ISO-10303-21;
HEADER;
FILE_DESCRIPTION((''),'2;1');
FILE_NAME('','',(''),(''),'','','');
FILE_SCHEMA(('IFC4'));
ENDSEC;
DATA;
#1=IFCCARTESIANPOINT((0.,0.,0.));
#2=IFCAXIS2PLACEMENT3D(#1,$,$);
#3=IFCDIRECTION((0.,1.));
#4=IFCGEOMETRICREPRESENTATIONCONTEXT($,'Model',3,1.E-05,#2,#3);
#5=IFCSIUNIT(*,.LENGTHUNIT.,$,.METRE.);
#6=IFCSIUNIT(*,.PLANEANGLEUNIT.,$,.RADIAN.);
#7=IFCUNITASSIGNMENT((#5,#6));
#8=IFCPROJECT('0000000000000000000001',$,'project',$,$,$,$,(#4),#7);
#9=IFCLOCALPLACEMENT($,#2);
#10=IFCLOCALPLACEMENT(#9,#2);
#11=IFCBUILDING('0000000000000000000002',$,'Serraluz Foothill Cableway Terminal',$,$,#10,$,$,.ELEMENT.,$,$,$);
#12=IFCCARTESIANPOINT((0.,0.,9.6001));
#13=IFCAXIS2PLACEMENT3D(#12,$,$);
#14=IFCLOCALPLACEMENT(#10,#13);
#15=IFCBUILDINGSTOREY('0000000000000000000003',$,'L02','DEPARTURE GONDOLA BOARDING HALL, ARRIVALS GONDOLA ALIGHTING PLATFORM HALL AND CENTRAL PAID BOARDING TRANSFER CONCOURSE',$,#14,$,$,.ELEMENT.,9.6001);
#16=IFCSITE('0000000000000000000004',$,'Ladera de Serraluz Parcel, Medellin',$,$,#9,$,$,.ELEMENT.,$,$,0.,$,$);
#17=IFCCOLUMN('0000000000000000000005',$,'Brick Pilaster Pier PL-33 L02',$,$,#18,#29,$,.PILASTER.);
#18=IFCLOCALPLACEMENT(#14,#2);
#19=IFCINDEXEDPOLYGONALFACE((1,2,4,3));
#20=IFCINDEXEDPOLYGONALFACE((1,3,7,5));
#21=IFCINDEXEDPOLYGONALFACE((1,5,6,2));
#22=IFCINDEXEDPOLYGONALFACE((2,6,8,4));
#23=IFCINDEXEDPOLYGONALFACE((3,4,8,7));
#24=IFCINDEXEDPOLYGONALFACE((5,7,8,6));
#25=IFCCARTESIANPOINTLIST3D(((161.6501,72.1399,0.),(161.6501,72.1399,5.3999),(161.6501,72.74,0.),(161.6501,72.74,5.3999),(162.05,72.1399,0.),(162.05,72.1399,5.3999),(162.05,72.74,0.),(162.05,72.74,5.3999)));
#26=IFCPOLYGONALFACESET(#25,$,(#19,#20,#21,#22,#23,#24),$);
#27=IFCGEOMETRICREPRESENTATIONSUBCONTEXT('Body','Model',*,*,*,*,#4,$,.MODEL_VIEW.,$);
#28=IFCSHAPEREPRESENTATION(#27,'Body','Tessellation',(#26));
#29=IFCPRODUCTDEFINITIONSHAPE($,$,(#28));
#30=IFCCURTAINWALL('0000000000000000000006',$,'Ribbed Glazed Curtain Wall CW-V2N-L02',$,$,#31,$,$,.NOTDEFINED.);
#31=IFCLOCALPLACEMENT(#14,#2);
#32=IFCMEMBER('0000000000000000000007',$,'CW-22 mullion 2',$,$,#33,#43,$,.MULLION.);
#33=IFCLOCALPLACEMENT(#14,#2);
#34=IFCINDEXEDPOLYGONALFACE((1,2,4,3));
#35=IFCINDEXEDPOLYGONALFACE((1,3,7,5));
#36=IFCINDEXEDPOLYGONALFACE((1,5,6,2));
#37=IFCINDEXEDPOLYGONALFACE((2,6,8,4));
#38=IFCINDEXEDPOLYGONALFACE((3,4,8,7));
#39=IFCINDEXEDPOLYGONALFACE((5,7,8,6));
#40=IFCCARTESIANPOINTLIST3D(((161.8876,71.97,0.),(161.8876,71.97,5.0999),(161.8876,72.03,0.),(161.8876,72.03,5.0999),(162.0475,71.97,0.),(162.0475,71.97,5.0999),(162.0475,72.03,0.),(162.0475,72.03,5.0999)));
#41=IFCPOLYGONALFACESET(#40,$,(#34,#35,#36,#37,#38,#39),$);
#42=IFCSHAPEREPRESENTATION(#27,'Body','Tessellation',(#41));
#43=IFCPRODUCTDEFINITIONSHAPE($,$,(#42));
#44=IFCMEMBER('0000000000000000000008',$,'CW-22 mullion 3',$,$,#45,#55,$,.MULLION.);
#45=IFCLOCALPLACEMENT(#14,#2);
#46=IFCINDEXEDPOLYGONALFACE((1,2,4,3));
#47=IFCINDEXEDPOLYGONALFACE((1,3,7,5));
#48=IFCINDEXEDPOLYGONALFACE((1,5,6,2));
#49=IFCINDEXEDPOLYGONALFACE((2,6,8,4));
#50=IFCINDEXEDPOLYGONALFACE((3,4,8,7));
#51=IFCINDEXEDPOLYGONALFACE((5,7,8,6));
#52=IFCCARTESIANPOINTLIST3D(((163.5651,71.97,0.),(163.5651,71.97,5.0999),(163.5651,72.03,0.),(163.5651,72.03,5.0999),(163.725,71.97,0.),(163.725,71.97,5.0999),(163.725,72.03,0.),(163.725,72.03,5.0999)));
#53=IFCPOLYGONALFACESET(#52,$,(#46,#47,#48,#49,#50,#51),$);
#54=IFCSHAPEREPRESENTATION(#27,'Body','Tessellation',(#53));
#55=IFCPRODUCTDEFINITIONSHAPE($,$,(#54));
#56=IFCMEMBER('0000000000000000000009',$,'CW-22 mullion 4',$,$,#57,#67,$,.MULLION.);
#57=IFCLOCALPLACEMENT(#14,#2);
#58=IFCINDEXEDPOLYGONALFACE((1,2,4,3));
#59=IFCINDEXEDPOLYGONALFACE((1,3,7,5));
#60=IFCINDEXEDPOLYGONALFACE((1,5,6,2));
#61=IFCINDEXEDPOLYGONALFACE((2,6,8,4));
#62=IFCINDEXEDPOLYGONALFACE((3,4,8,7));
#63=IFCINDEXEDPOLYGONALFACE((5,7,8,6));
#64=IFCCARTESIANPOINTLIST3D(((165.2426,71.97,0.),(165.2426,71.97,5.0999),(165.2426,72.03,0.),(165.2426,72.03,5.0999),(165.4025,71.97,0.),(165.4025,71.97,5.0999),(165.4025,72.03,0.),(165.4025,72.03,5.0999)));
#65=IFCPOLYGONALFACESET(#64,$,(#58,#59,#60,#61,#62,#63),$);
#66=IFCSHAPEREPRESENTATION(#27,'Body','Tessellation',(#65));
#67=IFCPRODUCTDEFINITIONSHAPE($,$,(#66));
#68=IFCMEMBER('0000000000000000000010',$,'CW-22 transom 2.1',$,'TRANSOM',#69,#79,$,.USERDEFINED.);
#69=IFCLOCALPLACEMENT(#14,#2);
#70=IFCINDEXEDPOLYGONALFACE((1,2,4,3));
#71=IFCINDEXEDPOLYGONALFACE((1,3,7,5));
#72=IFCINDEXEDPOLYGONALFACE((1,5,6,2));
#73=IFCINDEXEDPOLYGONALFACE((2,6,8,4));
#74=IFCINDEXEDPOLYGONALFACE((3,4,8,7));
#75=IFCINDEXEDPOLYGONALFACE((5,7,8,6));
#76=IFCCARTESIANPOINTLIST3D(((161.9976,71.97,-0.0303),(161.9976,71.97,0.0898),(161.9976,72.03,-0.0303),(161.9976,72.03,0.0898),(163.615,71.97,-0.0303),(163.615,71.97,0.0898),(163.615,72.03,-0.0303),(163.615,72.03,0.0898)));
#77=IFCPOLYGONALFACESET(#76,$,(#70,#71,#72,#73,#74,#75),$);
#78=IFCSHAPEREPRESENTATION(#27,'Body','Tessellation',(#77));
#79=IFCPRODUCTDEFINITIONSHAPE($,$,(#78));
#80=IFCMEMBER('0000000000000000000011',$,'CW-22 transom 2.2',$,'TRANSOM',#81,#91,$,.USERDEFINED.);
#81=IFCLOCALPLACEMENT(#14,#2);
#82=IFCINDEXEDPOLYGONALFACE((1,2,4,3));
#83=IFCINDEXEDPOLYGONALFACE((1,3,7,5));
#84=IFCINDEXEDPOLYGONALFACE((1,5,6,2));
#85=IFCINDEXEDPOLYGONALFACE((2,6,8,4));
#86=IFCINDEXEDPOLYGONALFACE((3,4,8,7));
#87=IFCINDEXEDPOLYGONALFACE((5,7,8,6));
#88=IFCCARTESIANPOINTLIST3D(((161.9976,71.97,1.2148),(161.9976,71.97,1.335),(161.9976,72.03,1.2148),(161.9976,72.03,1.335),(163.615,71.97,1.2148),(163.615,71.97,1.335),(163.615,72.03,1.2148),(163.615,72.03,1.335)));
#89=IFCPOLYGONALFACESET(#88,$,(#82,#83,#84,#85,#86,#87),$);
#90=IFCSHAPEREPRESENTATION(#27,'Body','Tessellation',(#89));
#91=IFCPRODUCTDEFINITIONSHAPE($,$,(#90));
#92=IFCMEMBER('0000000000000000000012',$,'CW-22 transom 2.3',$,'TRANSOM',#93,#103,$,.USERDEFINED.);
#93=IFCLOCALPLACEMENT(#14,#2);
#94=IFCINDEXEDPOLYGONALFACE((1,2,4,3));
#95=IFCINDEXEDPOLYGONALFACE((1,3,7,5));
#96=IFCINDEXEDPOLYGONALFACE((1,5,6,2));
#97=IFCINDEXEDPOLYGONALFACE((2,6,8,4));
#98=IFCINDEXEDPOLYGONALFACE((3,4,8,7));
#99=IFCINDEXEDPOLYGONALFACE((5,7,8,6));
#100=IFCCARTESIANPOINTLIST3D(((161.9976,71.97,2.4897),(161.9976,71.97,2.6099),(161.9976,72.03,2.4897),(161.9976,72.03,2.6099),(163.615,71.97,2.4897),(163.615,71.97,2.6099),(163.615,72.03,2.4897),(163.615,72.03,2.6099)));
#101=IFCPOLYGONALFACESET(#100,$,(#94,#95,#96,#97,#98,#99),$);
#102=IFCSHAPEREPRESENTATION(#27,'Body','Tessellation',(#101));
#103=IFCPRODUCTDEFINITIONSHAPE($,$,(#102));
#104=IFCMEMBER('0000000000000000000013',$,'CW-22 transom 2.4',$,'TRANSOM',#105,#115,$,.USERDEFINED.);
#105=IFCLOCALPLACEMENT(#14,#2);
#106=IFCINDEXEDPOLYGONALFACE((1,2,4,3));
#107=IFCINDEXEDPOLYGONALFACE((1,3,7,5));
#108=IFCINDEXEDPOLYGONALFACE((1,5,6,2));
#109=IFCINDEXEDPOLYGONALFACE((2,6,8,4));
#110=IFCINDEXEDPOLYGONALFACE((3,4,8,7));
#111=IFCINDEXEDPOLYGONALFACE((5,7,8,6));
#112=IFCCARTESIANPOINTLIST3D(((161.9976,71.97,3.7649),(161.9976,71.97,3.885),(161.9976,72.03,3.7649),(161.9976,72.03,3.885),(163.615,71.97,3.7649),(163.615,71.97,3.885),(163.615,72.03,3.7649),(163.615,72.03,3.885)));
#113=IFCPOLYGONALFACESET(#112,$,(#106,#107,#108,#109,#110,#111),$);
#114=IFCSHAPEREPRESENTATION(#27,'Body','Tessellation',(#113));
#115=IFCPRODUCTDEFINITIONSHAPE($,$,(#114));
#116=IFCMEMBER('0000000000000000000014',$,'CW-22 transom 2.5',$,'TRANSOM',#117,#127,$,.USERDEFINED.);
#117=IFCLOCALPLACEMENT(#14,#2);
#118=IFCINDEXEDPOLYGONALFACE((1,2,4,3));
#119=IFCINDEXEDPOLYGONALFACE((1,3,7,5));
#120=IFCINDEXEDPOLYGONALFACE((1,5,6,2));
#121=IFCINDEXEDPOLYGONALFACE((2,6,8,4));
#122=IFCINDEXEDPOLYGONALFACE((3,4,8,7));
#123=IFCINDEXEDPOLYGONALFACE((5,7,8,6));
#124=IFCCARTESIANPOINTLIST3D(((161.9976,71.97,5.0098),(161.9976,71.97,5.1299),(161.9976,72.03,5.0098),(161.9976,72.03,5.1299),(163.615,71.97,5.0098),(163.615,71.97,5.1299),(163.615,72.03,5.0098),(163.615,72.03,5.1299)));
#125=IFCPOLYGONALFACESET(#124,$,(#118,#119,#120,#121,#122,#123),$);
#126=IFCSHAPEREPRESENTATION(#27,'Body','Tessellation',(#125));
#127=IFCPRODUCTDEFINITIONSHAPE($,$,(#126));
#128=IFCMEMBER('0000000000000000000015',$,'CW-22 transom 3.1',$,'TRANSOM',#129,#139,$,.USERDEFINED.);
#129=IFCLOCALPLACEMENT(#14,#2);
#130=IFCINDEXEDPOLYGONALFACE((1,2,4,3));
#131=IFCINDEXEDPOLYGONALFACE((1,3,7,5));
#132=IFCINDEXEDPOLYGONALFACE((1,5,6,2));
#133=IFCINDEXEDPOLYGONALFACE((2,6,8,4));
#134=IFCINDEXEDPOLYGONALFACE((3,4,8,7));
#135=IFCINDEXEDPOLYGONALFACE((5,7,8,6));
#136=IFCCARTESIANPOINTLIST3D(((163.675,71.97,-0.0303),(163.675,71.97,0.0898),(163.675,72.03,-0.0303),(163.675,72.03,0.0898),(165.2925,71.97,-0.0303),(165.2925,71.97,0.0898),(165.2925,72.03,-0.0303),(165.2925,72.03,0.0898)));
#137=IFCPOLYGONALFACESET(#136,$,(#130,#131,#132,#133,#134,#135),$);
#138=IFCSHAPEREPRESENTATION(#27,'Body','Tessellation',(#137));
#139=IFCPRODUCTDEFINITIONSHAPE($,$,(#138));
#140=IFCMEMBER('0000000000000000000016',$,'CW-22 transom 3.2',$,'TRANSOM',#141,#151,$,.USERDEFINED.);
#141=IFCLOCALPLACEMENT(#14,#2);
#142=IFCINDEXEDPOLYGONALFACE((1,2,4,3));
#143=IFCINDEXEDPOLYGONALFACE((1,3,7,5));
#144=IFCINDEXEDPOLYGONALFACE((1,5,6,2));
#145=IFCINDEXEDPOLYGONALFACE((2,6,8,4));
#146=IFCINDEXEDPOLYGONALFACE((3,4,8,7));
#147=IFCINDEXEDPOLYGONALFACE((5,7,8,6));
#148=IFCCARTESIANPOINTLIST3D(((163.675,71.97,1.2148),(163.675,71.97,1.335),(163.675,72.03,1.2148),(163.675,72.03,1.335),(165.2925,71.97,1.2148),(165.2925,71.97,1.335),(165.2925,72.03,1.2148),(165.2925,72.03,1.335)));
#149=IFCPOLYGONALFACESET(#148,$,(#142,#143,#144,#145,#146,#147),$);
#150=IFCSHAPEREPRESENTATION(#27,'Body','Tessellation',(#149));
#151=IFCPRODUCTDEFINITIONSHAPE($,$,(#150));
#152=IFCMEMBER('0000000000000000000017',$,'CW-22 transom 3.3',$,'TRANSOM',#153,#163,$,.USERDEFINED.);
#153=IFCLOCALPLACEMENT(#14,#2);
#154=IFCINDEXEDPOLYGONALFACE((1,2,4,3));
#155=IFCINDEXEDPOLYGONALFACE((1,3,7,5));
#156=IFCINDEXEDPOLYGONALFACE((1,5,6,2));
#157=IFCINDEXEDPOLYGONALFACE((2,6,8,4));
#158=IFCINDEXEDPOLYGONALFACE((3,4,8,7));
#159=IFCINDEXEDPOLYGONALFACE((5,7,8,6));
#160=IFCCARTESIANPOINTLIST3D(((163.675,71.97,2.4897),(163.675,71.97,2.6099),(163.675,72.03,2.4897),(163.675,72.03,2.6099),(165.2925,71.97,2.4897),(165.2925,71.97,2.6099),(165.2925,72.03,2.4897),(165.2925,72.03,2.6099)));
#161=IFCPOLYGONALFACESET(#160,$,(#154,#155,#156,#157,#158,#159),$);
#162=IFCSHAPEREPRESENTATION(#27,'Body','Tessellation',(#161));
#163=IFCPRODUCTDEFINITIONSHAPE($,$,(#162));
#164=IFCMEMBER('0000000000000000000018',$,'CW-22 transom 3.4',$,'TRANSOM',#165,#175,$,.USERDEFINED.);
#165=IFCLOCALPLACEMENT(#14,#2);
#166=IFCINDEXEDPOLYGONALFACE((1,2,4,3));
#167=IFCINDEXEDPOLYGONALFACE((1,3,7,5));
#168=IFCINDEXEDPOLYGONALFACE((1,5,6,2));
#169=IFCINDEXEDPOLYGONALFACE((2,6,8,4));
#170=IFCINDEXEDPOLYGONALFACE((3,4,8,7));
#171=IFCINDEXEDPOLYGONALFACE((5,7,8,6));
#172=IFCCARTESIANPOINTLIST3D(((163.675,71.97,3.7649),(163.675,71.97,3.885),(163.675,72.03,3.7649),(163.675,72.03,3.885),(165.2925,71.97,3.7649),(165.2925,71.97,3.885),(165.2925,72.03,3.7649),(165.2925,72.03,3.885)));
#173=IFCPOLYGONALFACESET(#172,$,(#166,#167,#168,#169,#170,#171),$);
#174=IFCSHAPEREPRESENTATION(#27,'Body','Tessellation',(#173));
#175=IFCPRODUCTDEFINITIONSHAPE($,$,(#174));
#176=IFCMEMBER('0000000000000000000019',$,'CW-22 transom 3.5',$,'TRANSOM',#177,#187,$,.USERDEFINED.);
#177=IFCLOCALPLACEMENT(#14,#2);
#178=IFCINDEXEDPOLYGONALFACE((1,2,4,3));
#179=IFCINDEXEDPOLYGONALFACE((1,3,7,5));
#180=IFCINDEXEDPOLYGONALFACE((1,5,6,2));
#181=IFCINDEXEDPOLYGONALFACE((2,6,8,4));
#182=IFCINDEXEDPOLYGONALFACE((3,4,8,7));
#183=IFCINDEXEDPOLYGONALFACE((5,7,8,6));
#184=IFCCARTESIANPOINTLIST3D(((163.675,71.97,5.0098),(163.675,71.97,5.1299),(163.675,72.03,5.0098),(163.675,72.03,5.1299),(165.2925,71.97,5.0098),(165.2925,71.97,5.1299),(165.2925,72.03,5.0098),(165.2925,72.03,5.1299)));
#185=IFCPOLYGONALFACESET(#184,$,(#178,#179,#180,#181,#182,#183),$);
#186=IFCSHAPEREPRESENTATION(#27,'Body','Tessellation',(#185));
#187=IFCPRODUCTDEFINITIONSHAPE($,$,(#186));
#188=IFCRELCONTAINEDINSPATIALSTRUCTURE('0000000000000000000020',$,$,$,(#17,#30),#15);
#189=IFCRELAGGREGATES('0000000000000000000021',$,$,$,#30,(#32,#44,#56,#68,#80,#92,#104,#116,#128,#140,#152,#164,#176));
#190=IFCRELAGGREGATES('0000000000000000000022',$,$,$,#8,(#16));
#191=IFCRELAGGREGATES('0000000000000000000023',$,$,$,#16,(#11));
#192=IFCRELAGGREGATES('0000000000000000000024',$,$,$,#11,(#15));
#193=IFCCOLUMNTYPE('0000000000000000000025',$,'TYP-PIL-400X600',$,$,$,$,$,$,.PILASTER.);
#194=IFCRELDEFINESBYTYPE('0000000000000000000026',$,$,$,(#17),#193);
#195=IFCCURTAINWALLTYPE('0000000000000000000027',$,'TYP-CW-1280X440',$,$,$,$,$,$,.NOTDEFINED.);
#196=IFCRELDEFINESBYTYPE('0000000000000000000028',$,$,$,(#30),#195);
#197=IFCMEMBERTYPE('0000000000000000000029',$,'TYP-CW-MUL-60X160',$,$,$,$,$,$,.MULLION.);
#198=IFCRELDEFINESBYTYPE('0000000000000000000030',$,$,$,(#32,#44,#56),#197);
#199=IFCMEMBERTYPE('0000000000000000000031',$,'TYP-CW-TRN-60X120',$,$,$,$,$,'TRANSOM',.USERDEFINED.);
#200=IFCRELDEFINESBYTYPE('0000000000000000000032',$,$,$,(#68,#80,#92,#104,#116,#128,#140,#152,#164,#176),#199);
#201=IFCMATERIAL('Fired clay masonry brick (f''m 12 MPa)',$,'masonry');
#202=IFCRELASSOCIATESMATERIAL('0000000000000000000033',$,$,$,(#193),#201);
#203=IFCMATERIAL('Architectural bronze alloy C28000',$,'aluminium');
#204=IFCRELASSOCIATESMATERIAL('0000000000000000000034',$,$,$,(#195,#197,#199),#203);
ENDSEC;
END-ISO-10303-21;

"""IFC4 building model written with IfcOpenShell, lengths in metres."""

from ifc_helpers import new_model, si_unit, direction, frame, origin, origin_2d, place, context, subcontext, project, spatial, rectangle, extrude, material, material_profile, profile_set, type_object, element, aggregate, save


model = new_model("IFC4")

# Units and contexts
model_context = context("Model", 3, precision=1e-05, world=origin(), true_north=direction((0.0, 1.0)))
body_context = subcontext(model_context, "Body", "Model", "MODEL_VIEW")
ifc_project = project(units=[si_unit("LENGTHUNIT", "METRE"), si_unit("PLANEANGLEUNIT", "RADIAN")], contexts=[model_context])

# Site, building, storey
site_placement = place(None, origin())
site = spatial("IfcSite", under=ifc_project, at=site_placement, Name="Ladera de Serraluz Parcel, Medellin", CompositionType="ELEMENT", RefElevation=0.0)
building_placement = place(site_placement, origin())
building = spatial("IfcBuilding", under=site, at=building_placement, Name="Serraluz Foothill Cableway Terminal", CompositionType="ELEMENT")
storey_placement = place(building_placement, frame((0.0, 0.0, 9.6001)))
storey = spatial("IfcBuildingStorey", under=building, at=storey_placement, Name="L02", Description="DEPARTURE GONDOLA BOARDING HALL, ARRIVALS GONDOLA ALIGHTING PLATFORM HALL AND CENTRAL PAID BOARDING TRANSFER CONCOURSE", CompositionType="ELEMENT", Elevation=9.6001)

# Column
ifc_material_1 = material(Name="Fired clay masonry brick (f'm 12 MPa)", Category="masonry")
ifc_material_profile_1 = material_profile(ifc_material_1, rectangle(XDim=0.3999, YDim=0.6001, at=origin_2d()), Name="PIL 400x600")
ifc_profile_set_1 = profile_set([ifc_material_profile_1], Name="Fired clay masonry brick (f'm 12 MPa)")
column_type = type_object("IfcColumnType", Name="TYP-PIL-400X600", PredefinedType="PILASTER", material=ifc_profile_set_1)
column_placement = place(storey_placement, frame((161.8501, 72.4399, 0.0), z_axis=(0.0, 0.0, 1.0), x_axis=(1.0, 0.0, 0.0)))
element("IfcColumn", 1, at=column_placement, inside=storey, type_object=column_type, Name="Brick Pilaster Pier PL-33 L02", PredefinedType="PILASTER", context=body_context, shape_type="SweptSolid", body=[
    extrude(rectangle(XDim=0.3999, YDim=0.6001, at=origin_2d()), origin(), (0.0, 0.0, 1.0), 5.3999),
])

# Curtain wall, members
ifc_material_2 = material(Name="Architectural bronze alloy C28000", Category="aluminium")
curtain_wall_type = type_object("IfcCurtainWallType", Name="TYP-CW-1280X440", PredefinedType="NOTDEFINED", material=ifc_material_2)
curtain_wall_placement = place(storey_placement, origin())
curtain_wall = element("IfcCurtainWall", 2, at=curtain_wall_placement, inside=storey, type_object=curtain_wall_type, Name="Ribbed Glazed Curtain Wall CW-V2N-L02", PredefinedType="NOTDEFINED")
ifc_material_profile_2 = material_profile(ifc_material_2, rectangle(XDim=0.0601, YDim=0.1599, at=origin_2d()), Name="ALU MULLION 60x160")
ifc_profile_set_2 = profile_set([ifc_material_profile_2], Name="Architectural bronze alloy C28000")
member_type_1 = type_object("IfcMemberType", Name="TYP-CW-MUL-60X160", PredefinedType="MULLION", material=ifc_profile_set_2)
member_1_placement = place(storey_placement, frame((161.9675, 72.0, 0.0), z_axis=(0.0, 0.0, 1.0), x_axis=(0.0, 1.0, 0.0)))
member_1 = element("IfcMember", 3, at=member_1_placement, type_object=member_type_1, Name="CW-22 mullion 2", PredefinedType="MULLION", context=body_context, shape_type="SweptSolid", body=[
    extrude(rectangle(XDim=0.0601, YDim=0.1599, at=origin_2d()), origin(), (0.0, 0.0, 1.0), 5.0999),
])
member_2_placement = place(storey_placement, frame((163.645, 72.0, 0.0), z_axis=(0.0, 0.0, 1.0), x_axis=(0.0, 1.0, 0.0)))
member_2 = element("IfcMember", 4, at=member_2_placement, type_object=member_type_1, Name="CW-22 mullion 3", PredefinedType="MULLION", context=body_context, shape_type="SweptSolid", body=[
    extrude(rectangle(XDim=0.0601, YDim=0.1599, at=origin_2d()), origin(), (0.0, 0.0, 1.0), 5.0999),
])
member_3_placement = place(storey_placement, frame((165.3225, 72.0, 0.0), z_axis=(0.0, 0.0, 1.0), x_axis=(0.0, 1.0, 0.0)))
member_3 = element("IfcMember", 5, at=member_3_placement, type_object=member_type_1, Name="CW-22 mullion 4", PredefinedType="MULLION", context=body_context, shape_type="SweptSolid", body=[
    extrude(rectangle(XDim=0.0601, YDim=0.1599, at=origin_2d()), origin(), (0.0, 0.0, 1.0), 5.0999),
])
ifc_material_profile_3 = material_profile(ifc_material_2, rectangle(XDim=0.0601, YDim=0.1201, at=origin_2d()), Name="ALU TRANSOM 60x120")
ifc_profile_set_3 = profile_set([ifc_material_profile_3], Name="Architectural bronze alloy C28000")
member_type_2 = type_object("IfcMemberType", Name="TYP-CW-TRN-60X120", ElementType="TRANSOM", PredefinedType="USERDEFINED", material=ifc_profile_set_3)
member_4_placement = place(storey_placement, frame((161.9976, 72.0, 0.0298), z_axis=(1.0, 0.0, 0.0), x_axis=(0.0, 1.0, 0.0)))
member_4 = element("IfcMember", 6, at=member_4_placement, type_object=member_type_2, Name="CW-22 transom 2.1", ObjectType="TRANSOM", PredefinedType="USERDEFINED", context=body_context, shape_type="SweptSolid", body=[
    extrude(rectangle(XDim=0.0601, YDim=0.1201, at=origin_2d()), origin(), (0.0, 0.0, 1.0), 1.6174),
])
member_5_placement = place(storey_placement, frame((161.9976, 72.0, 1.2749), z_axis=(1.0, 0.0, 0.0), x_axis=(0.0, 1.0, 0.0)))
member_5 = element("IfcMember", 7, at=member_5_placement, type_object=member_type_2, Name="CW-22 transom 2.2", ObjectType="TRANSOM", PredefinedType="USERDEFINED", context=body_context, shape_type="SweptSolid", body=[
    extrude(rectangle(XDim=0.0601, YDim=0.1201, at=origin_2d()), origin(), (0.0, 0.0, 1.0), 1.6174),
])
member_6_placement = place(storey_placement, frame((161.9976, 72.0, 2.5498), z_axis=(1.0, 0.0, 0.0), x_axis=(0.0, 1.0, 0.0)))
member_6 = element("IfcMember", 8, at=member_6_placement, type_object=member_type_2, Name="CW-22 transom 2.3", ObjectType="TRANSOM", PredefinedType="USERDEFINED", context=body_context, shape_type="SweptSolid", body=[
    extrude(rectangle(XDim=0.0601, YDim=0.1201, at=origin_2d()), origin(), (0.0, 0.0, 1.0), 1.6174),
])
member_7_placement = place(storey_placement, frame((161.9976, 72.0, 3.825), z_axis=(1.0, 0.0, 0.0), x_axis=(0.0, 1.0, 0.0)))
member_7 = element("IfcMember", 9, at=member_7_placement, type_object=member_type_2, Name="CW-22 transom 2.4", ObjectType="TRANSOM", PredefinedType="USERDEFINED", context=body_context, shape_type="SweptSolid", body=[
    extrude(rectangle(XDim=0.0601, YDim=0.1201, at=origin_2d()), origin(), (0.0, 0.0, 1.0), 1.6174),
])
member_8_placement = place(storey_placement, frame((161.9976, 72.0, 5.0698), z_axis=(1.0, 0.0, 0.0), x_axis=(0.0, 1.0, 0.0)))
member_8 = element("IfcMember", 10, at=member_8_placement, type_object=member_type_2, Name="CW-22 transom 2.5", ObjectType="TRANSOM", PredefinedType="USERDEFINED", context=body_context, shape_type="SweptSolid", body=[
    extrude(rectangle(XDim=0.0601, YDim=0.1201, at=origin_2d()), origin(), (0.0, 0.0, 1.0), 1.6174),
])
member_9_placement = place(storey_placement, frame((163.675, 72.0, 0.0298), z_axis=(1.0, 0.0, 0.0), x_axis=(0.0, 1.0, 0.0)))
member_9 = element("IfcMember", 11, at=member_9_placement, type_object=member_type_2, Name="CW-22 transom 3.1", ObjectType="TRANSOM", PredefinedType="USERDEFINED", context=body_context, shape_type="SweptSolid", body=[
    extrude(rectangle(XDim=0.0601, YDim=0.1201, at=origin_2d()), origin(), (0.0, 0.0, 1.0), 1.6174),
])
member_10_placement = place(storey_placement, frame((163.675, 72.0, 1.2749), z_axis=(1.0, 0.0, 0.0), x_axis=(0.0, 1.0, 0.0)))
member_10 = element("IfcMember", 12, at=member_10_placement, type_object=member_type_2, Name="CW-22 transom 3.2", ObjectType="TRANSOM", PredefinedType="USERDEFINED", context=body_context, shape_type="SweptSolid", body=[
    extrude(rectangle(XDim=0.0601, YDim=0.1201, at=origin_2d()), origin(), (0.0, 0.0, 1.0), 1.6174),
])
member_11_placement = place(storey_placement, frame((163.675, 72.0, 2.5498), z_axis=(1.0, 0.0, 0.0), x_axis=(0.0, 1.0, 0.0)))
member_11 = element("IfcMember", 13, at=member_11_placement, type_object=member_type_2, Name="CW-22 transom 3.3", ObjectType="TRANSOM", PredefinedType="USERDEFINED", context=body_context, shape_type="SweptSolid", body=[
    extrude(rectangle(XDim=0.0601, YDim=0.1201, at=origin_2d()), origin(), (0.0, 0.0, 1.0), 1.6174),
])
member_12_placement = place(storey_placement, frame((163.675, 72.0, 3.825), z_axis=(1.0, 0.0, 0.0), x_axis=(0.0, 1.0, 0.0)))
member_12 = element("IfcMember", 14, at=member_12_placement, type_object=member_type_2, Name="CW-22 transom 3.4", ObjectType="TRANSOM", PredefinedType="USERDEFINED", context=body_context, shape_type="SweptSolid", body=[
    extrude(rectangle(XDim=0.0601, YDim=0.1201, at=origin_2d()), origin(), (0.0, 0.0, 1.0), 1.6174),
])
member_13_placement = place(storey_placement, frame((163.675, 72.0, 5.0698), z_axis=(1.0, 0.0, 0.0), x_axis=(0.0, 1.0, 0.0)))
member_13 = element("IfcMember", 15, at=member_13_placement, type_object=member_type_2, Name="CW-22 transom 3.5", ObjectType="TRANSOM", PredefinedType="USERDEFINED", context=body_context, shape_type="SweptSolid", body=[
    extrude(rectangle(XDim=0.0601, YDim=0.1201, at=origin_2d()), origin(), (0.0, 0.0, 1.0), 1.6174),
])
aggregate(curtain_wall, [member_1, member_2, member_3, member_4, member_5, member_6, member_7, member_8, member_9, member_10, member_11, member_12, member_13])

save(model, "model.ifc")
